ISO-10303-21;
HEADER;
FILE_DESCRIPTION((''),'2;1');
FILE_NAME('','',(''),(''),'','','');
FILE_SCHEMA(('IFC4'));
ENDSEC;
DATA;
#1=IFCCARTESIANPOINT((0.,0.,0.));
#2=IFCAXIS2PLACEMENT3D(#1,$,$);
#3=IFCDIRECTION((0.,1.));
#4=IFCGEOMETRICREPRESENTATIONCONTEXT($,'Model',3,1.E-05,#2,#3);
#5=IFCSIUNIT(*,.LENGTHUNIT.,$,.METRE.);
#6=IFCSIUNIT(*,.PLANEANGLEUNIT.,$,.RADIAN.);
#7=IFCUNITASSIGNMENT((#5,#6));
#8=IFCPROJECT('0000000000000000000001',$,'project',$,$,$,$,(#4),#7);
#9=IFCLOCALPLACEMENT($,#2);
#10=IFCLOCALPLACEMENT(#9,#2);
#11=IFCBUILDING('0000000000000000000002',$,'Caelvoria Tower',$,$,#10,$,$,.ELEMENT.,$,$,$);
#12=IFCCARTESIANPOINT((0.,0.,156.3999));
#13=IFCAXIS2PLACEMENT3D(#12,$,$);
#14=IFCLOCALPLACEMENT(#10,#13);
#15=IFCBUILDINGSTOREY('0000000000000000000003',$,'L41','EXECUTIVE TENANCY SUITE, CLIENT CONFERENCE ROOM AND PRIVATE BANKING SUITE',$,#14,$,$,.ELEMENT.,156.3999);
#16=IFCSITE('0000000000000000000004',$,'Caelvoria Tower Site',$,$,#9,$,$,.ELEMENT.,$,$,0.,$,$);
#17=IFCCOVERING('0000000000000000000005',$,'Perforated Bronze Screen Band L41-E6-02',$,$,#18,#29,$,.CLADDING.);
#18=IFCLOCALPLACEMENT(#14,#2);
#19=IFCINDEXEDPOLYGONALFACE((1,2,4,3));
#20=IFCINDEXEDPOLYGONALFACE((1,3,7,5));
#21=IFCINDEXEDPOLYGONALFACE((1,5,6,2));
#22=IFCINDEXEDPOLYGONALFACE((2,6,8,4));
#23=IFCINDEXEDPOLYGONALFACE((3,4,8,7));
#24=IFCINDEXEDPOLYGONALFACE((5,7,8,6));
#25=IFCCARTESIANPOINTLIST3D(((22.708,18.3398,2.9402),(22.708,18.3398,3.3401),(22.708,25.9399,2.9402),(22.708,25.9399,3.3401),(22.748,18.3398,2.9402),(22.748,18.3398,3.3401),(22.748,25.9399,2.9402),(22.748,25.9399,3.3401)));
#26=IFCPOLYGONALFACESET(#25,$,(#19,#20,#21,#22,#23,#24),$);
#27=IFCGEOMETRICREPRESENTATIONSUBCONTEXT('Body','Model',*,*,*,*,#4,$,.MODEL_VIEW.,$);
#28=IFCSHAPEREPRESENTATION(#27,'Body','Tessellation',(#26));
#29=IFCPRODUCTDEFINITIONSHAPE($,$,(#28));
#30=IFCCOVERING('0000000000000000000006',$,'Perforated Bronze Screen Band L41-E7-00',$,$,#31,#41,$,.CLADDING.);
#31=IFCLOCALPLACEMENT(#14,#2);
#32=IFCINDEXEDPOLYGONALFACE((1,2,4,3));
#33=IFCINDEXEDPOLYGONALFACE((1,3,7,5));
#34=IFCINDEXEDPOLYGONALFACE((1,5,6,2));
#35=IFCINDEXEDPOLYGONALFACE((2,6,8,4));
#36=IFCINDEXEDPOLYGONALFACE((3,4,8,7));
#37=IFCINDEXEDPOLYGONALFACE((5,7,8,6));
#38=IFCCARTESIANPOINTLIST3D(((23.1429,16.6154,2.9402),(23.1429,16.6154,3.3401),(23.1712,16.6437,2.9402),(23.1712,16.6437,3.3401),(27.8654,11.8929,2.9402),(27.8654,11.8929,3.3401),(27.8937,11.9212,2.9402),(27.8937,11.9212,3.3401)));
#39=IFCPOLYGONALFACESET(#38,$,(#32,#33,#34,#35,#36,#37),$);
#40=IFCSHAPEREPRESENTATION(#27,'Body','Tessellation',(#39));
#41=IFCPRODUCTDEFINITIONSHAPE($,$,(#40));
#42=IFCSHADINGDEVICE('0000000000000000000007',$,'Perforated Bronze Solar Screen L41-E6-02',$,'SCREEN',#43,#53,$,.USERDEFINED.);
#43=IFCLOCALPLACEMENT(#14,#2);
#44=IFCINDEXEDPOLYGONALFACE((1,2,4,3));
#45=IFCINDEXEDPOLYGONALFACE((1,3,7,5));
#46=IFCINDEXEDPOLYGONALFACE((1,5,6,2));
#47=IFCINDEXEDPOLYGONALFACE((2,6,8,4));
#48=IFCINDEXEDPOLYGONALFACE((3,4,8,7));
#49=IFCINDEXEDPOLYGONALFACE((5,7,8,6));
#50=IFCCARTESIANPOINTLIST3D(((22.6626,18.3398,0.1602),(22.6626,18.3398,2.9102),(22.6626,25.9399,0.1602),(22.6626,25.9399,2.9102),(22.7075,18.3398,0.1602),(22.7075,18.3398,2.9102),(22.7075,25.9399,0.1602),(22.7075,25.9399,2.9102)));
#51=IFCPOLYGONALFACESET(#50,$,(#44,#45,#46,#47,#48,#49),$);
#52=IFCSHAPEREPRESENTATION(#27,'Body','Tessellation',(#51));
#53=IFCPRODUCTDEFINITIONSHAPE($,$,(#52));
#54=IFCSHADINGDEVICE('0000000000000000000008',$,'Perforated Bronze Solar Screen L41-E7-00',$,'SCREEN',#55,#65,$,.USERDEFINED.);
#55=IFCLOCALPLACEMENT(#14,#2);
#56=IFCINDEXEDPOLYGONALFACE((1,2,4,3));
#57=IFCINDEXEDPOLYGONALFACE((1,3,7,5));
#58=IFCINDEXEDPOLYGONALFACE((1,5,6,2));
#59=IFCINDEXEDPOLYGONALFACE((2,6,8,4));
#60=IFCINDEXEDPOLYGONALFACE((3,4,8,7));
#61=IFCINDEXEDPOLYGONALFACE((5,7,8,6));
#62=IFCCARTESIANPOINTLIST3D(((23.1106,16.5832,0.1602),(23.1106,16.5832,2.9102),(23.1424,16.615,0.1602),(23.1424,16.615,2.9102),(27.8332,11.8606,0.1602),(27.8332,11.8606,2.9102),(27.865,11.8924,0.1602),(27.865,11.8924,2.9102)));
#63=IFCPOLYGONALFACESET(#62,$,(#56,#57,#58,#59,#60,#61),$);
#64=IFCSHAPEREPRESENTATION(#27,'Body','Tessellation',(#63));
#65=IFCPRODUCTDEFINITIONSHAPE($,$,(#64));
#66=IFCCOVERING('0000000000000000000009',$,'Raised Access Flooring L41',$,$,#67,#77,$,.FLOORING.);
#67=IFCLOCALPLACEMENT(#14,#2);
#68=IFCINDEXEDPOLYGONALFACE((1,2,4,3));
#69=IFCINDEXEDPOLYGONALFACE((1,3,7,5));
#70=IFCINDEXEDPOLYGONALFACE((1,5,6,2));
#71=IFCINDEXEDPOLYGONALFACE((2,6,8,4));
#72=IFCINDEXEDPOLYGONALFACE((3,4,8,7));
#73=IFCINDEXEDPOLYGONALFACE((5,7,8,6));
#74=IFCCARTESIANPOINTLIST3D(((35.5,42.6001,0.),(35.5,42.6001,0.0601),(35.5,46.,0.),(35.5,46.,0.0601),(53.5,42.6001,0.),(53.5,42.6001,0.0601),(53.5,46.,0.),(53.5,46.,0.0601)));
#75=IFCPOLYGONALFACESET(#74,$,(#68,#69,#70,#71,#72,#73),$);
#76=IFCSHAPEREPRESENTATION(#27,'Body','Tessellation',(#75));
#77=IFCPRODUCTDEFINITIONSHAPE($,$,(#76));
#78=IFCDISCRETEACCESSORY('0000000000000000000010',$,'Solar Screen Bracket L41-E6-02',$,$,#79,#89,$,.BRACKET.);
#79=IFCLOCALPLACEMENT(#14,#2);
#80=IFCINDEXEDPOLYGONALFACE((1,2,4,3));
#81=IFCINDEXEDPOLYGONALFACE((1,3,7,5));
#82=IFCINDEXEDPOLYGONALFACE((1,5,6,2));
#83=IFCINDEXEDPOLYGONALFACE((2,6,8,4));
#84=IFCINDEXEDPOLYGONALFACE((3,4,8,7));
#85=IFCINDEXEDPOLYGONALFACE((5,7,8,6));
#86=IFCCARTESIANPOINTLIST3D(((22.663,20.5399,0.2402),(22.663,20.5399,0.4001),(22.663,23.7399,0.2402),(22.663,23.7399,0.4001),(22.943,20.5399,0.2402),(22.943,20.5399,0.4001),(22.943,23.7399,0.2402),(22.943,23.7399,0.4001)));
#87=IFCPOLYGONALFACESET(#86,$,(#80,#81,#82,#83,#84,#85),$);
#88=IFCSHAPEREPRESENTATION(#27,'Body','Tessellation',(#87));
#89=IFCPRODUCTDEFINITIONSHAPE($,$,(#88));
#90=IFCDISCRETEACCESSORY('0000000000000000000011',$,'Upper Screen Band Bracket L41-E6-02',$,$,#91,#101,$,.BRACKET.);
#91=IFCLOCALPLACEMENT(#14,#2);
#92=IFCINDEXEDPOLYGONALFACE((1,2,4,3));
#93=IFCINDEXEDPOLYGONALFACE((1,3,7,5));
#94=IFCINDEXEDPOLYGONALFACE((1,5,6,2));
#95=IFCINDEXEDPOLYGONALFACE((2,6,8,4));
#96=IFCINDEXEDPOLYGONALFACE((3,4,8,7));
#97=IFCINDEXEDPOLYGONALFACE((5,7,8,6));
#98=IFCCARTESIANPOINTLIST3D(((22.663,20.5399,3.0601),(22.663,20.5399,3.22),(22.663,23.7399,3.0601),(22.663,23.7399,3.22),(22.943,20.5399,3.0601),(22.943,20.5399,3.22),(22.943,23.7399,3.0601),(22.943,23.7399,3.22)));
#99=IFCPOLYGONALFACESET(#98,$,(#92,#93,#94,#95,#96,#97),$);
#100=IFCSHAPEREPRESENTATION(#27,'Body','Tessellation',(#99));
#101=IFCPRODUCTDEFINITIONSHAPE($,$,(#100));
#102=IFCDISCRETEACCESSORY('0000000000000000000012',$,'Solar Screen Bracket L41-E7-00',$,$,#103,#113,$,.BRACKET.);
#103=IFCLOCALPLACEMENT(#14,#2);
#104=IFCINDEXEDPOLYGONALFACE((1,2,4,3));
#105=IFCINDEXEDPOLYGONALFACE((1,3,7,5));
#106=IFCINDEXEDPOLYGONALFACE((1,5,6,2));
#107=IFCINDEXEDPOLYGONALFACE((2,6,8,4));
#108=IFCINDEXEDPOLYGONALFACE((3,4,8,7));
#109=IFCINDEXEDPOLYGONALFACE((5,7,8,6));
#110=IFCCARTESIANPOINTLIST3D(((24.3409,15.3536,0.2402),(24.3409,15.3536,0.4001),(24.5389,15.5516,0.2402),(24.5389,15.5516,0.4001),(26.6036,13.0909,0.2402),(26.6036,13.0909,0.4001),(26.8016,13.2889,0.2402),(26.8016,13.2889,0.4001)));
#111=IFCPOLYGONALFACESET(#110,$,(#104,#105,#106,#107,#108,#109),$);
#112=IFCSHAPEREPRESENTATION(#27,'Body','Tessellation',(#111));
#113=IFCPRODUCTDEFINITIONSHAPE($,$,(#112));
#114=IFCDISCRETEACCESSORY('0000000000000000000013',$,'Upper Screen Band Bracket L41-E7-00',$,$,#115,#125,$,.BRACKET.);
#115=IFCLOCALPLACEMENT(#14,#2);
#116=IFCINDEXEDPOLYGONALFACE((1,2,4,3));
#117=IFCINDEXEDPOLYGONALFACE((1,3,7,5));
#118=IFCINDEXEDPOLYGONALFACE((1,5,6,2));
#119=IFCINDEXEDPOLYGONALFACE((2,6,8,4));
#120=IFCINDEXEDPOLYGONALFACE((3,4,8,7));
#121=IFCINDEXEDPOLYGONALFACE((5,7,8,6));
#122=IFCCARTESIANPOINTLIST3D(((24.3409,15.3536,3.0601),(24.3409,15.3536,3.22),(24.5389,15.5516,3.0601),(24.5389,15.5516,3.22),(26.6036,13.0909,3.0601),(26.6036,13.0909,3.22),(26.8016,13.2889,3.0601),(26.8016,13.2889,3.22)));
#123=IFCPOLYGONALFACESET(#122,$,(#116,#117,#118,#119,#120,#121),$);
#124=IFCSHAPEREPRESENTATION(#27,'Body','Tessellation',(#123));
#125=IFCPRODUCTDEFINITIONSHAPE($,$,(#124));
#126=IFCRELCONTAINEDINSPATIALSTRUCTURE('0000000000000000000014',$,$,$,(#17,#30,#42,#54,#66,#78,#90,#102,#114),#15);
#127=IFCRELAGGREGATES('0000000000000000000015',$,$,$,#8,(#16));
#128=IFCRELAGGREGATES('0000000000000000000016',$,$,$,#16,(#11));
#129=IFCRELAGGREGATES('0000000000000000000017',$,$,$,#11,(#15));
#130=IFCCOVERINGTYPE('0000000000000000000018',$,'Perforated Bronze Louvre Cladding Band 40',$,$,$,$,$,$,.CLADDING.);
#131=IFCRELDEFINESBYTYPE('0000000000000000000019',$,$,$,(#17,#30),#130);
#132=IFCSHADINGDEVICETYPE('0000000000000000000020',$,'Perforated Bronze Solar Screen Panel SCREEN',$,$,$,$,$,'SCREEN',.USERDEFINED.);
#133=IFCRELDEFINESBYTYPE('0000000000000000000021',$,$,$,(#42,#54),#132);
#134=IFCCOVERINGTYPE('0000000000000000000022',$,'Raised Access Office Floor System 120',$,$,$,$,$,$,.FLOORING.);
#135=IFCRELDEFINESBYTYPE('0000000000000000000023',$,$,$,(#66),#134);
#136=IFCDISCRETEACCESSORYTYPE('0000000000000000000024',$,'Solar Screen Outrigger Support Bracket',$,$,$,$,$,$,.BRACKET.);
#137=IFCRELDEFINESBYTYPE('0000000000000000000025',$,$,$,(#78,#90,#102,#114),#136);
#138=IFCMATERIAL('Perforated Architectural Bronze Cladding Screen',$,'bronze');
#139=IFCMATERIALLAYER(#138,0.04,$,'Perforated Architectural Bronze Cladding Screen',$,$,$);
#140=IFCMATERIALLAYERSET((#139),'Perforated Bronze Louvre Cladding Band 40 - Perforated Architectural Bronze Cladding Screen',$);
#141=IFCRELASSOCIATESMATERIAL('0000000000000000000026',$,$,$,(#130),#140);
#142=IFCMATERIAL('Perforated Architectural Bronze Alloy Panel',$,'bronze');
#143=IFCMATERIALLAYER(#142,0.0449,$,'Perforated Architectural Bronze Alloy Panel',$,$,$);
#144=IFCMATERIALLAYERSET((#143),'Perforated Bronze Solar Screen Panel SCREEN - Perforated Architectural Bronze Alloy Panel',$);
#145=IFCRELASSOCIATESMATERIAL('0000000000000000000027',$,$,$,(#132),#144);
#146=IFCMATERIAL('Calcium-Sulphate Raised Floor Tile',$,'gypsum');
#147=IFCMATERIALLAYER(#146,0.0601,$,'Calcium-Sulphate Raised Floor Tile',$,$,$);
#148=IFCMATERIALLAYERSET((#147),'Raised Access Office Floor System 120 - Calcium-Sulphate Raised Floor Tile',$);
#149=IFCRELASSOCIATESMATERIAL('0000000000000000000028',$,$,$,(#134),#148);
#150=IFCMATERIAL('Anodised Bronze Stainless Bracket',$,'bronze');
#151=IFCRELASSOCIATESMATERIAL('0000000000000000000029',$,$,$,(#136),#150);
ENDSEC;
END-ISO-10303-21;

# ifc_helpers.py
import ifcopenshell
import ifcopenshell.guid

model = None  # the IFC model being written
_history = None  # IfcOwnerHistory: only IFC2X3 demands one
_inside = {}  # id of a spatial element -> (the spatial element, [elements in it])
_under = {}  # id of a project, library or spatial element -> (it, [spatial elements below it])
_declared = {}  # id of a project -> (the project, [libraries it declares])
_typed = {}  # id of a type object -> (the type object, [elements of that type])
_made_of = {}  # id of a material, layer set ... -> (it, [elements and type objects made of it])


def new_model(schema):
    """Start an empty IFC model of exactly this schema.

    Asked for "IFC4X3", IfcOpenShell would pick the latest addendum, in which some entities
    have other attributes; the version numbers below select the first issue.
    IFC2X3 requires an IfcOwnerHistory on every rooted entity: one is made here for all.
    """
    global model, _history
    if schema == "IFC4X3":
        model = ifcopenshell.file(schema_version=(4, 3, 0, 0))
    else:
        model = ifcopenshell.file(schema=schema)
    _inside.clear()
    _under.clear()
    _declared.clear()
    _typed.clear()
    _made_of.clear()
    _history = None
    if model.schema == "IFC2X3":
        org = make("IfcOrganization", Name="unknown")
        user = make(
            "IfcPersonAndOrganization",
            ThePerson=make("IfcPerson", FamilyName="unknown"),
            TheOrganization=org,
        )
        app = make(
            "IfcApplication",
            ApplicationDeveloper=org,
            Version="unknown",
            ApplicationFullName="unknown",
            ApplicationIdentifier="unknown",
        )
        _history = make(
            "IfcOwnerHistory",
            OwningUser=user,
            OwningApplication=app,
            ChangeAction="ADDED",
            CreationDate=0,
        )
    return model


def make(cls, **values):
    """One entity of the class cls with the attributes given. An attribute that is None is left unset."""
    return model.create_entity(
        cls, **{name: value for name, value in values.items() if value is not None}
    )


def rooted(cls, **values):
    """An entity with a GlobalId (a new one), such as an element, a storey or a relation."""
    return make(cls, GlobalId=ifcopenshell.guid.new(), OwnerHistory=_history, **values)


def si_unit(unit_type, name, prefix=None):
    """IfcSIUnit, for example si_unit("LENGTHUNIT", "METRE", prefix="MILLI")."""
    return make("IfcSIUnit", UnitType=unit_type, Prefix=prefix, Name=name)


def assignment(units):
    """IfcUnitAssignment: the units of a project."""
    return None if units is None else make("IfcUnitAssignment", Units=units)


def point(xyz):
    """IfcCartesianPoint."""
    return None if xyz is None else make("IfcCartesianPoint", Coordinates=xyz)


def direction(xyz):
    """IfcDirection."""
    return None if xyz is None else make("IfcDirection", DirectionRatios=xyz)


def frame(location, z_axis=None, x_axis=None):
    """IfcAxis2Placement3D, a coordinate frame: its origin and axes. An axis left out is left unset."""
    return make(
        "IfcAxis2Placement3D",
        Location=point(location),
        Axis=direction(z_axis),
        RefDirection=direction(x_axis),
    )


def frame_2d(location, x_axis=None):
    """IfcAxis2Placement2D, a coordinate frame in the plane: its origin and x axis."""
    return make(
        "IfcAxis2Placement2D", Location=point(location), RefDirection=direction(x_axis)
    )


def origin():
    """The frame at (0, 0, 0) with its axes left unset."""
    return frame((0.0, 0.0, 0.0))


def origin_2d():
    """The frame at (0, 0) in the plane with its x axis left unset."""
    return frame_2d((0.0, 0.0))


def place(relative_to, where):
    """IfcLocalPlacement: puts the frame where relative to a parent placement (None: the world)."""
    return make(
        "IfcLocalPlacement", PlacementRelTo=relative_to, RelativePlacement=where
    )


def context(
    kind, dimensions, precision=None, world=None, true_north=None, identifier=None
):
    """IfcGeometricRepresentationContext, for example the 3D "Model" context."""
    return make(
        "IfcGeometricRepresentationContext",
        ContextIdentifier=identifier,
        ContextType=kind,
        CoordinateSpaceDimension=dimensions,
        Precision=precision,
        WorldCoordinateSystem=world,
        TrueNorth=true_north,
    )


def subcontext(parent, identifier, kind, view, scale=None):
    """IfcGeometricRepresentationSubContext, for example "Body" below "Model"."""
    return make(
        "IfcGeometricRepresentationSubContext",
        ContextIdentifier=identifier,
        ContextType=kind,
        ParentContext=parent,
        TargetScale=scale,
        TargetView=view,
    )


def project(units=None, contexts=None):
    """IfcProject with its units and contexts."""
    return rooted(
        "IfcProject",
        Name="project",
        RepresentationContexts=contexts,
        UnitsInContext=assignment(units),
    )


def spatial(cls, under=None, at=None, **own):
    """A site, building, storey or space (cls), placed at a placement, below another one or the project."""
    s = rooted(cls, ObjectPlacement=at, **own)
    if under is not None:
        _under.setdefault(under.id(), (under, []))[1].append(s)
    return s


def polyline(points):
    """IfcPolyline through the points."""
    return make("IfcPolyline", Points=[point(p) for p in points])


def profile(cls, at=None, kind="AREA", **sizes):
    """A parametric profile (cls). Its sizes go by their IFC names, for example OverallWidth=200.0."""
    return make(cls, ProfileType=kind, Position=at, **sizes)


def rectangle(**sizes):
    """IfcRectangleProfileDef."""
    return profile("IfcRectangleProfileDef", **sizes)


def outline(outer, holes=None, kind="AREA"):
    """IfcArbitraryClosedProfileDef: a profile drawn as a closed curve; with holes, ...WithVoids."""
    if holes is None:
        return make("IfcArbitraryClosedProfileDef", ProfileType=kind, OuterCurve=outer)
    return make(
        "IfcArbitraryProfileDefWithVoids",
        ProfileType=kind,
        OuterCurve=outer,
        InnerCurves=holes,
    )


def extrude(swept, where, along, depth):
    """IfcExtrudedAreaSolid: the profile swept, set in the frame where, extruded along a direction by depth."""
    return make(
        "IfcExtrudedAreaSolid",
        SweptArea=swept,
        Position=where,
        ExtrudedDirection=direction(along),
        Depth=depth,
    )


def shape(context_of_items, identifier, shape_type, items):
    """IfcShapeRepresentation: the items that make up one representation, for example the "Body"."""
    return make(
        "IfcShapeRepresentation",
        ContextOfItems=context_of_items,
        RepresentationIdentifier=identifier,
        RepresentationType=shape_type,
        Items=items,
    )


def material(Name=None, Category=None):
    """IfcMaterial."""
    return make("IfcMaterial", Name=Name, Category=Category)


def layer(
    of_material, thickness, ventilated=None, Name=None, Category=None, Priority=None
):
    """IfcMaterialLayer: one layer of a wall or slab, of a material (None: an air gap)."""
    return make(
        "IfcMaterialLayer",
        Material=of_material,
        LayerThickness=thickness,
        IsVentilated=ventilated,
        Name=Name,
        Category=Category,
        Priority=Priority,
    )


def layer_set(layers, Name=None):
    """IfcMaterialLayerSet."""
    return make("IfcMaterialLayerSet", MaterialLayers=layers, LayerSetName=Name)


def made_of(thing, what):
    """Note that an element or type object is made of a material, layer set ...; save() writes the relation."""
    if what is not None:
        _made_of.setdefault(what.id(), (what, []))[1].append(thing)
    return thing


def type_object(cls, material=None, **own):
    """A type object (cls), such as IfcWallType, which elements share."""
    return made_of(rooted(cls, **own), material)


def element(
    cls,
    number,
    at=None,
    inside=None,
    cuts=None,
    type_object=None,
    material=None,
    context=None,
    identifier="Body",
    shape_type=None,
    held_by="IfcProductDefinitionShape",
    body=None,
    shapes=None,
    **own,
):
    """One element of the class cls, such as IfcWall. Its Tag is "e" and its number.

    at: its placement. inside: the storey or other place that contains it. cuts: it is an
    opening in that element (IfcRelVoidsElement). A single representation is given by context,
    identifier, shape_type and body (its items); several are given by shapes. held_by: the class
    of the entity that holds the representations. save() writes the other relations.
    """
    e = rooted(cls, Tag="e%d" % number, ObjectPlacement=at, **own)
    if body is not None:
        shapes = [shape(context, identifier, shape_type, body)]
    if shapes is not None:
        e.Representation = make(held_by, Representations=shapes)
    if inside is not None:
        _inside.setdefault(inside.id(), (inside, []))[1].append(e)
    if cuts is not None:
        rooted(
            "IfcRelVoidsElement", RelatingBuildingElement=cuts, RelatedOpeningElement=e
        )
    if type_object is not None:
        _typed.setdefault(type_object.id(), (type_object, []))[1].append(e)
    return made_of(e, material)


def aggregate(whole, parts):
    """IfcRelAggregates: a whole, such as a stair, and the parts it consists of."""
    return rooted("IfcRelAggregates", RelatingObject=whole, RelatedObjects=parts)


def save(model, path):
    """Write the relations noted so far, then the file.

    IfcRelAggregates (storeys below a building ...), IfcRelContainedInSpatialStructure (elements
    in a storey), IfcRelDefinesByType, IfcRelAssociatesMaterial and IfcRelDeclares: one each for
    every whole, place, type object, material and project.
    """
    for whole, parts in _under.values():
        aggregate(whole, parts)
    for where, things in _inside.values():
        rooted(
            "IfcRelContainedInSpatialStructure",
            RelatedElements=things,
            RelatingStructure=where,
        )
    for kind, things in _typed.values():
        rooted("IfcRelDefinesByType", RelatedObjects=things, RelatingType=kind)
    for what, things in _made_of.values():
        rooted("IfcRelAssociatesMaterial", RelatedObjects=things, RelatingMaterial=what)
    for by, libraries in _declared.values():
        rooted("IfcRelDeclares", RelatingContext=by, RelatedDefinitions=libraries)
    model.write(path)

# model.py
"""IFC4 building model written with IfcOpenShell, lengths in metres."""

from ifc_helpers import new_model, si_unit, direction, frame, origin, origin_2d, place, context, subcontext, project, spatial, polyline, rectangle, outline, extrude, material, layer, layer_set, type_object, element, save


model = new_model("IFC4")

# Units and contexts
model_context = context("Model", 3, precision=1e-05, world=origin(), true_north=direction((0.0, 1.0)))
body_context = subcontext(model_context, "Body", "Model", "MODEL_VIEW")
ifc_project = project(units=[si_unit("LENGTHUNIT", "METRE"), si_unit("PLANEANGLEUNIT", "RADIAN")], contexts=[model_context])

# Site, building, storey
site_placement = place(None, origin())
site = spatial("IfcSite", under=ifc_project, at=site_placement, Name="Caelvoria Tower Site", CompositionType="ELEMENT", RefElevation=0.0)
building_placement = place(site_placement, origin())
building = spatial("IfcBuilding", under=site, at=building_placement, Name="Caelvoria Tower", CompositionType="ELEMENT")
storey_placement = place(building_placement, frame((0.0, 0.0, 156.3999)))
storey = spatial("IfcBuildingStorey", under=building, at=storey_placement, Name="L41", Description="EXECUTIVE TENANCY SUITE, CLIENT CONFERENCE ROOM AND PRIVATE BANKING SUITE", CompositionType="ELEMENT", Elevation=156.3999)

# Coverings
ifc_material_1 = material(Name="Perforated Architectural Bronze Cladding Screen", Category="bronze")
ifc_layer_1 = layer(ifc_material_1, 0.04, Name="Perforated Architectural Bronze Cladding Screen")
ifc_layer_set_1 = layer_set([ifc_layer_1], Name="Perforated Bronze Louvre Cladding Band 40 - Perforated Architectural Bronze Cladding Screen")
covering_type_1 = type_object("IfcCoveringType", Name="Perforated Bronze Louvre Cladding Band 40", PredefinedType="CLADDING", material=ifc_layer_set_1)
covering_1_placement = place(storey_placement, frame((22.728, 22.1399, 2.9402), z_axis=(0.0, 0.0, 1.0), x_axis=(0.0, -1.0, 0.0)))
element("IfcCovering", 1, at=covering_1_placement, inside=storey, type_object=covering_type_1, Name="Perforated Bronze Screen Band L41-E6-02", PredefinedType="CLADDING", context=body_context, shape_type="SweptSolid", body=[
    extrude(rectangle(XDim=7.6001, YDim=0.04, at=origin_2d()), origin(), (0.0, 0.0, 1.0), 0.3999),
])
covering_2_placement = place(storey_placement, frame((25.5183, 14.2683, 2.9402), z_axis=(0.0, 0.0, 1.0), x_axis=(0.707107, -0.707107, 0.0)))
element("IfcCovering", 2, at=covering_2_placement, inside=storey, type_object=covering_type_1, Name="Perforated Bronze Screen Band L41-E7-00", PredefinedType="CLADDING", context=body_context, shape_type="SweptSolid", body=[
    extrude(rectangle(XDim=6.6787, YDim=0.04, at=origin_2d()), origin(), (0.0, 0.0, 1.0), 0.3999),
])

# Shading devices
ifc_material_2 = material(Name="Perforated Architectural Bronze Alloy Panel", Category="bronze")
ifc_layer_2 = layer(ifc_material_2, 0.0449, Name="Perforated Architectural Bronze Alloy Panel")
ifc_layer_set_2 = layer_set([ifc_layer_2], Name="Perforated Bronze Solar Screen Panel SCREEN - Perforated Architectural Bronze Alloy Panel")
shading_device_type = type_object("IfcShadingDeviceType", Name="Perforated Bronze Solar Screen Panel SCREEN", ElementType="SCREEN", PredefinedType="USERDEFINED", material=ifc_layer_set_2)
shading_device_1_placement = place(storey_placement, frame((22.6851, 22.1399, 0.1602), z_axis=(0.0, 0.0, 1.0), x_axis=(0.0, -1.0, 0.0)))
element("IfcShadingDevice", 3, at=shading_device_1_placement, inside=storey, type_object=shading_device_type, Name="Perforated Bronze Solar Screen L41-E6-02", ObjectType="SCREEN", PredefinedType="USERDEFINED", context=body_context, shape_type="SweptSolid", body=[
    extrude(rectangle(XDim=7.6001, YDim=0.0449, at=origin_2d()), origin(), (0.0, 0.0, 1.0), 2.75),
])
shading_device_2_placement = place(storey_placement, frame((25.4878, 14.2378, 0.1602), z_axis=(0.0, 0.0, 1.0), x_axis=(0.707107, -0.707107, 0.0)))
element("IfcShadingDevice", 4, at=shading_device_2_placement, inside=storey, type_object=shading_device_type, Name="Perforated Bronze Solar Screen L41-E7-00", ObjectType="SCREEN", PredefinedType="USERDEFINED", context=body_context, shape_type="SweptSolid", body=[
    extrude(rectangle(XDim=6.6787, YDim=0.0449, at=origin_2d()), origin(), (0.0, 0.0, 1.0), 2.75),
])

# Covering
ifc_material_3 = material(Name="Calcium-Sulphate Raised Floor Tile", Category="gypsum")
ifc_layer_3 = layer(ifc_material_3, 0.0601, Name="Calcium-Sulphate Raised Floor Tile")
ifc_layer_set_3 = layer_set([ifc_layer_3], Name="Raised Access Office Floor System 120 - Calcium-Sulphate Raised Floor Tile")
covering_type_2 = type_object("IfcCoveringType", Name="Raised Access Office Floor System 120", PredefinedType="FLOORING", material=ifc_layer_set_3)
covering_3_placement = place(storey_placement, origin())
element("IfcCovering", 5, at=covering_3_placement, inside=storey, type_object=covering_type_2, Name="Raised Access Flooring L41", PredefinedType="FLOORING", context=body_context, shape_type="SweptSolid", body=[
    extrude(outline(polyline([(35.5, 42.6001), (53.5, 42.6001), (53.5, 46.0), (35.5, 46.0), (35.5, 42.6001)])), origin(), (0.0, 0.0, 1.0), 0.0601),
])

# Discrete accessories
ifc_material_4 = material(Name="Anodised Bronze Stainless Bracket", Category="bronze")
discrete_accessory_type = type_object("IfcDiscreteAccessoryType", Name="Solar Screen Outrigger Support Bracket", PredefinedType="BRACKET", material=ifc_material_4)
for number, where, z_axis, x_axis, name in (
    (6, (22.803, 22.1399, 0.2402), (0.0, 0.0, 1.0), (0.0, -1.0, 0.0), "Solar Screen Bracket L41-E6-02"),
    (7, (22.803, 22.1399, 3.0601), (0.0, 0.0, 1.0), (0.0, -1.0, 0.0), "Upper Screen Band Bracket L41-E6-02"),
    (8, (25.5713, 14.3213, 0.2402), (0.0, 0.0, 1.0), (0.707107, -0.707107, 0.0), "Solar Screen Bracket L41-E7-00"),
    (9, (25.5713, 14.3213, 3.0601), (0.0, 0.0, 1.0), (0.707107, -0.707107, 0.0), "Upper Screen Band Bracket L41-E7-00"),
):
    element("IfcDiscreteAccessory", number, at=place(storey_placement, frame(where, z_axis=z_axis, x_axis=x_axis)), inside=storey, type_object=discrete_accessory_type, Name=name, PredefinedType="BRACKET", context=body_context, shape_type="SweptSolid", body=[
        extrude(rectangle(XDim=3.2, YDim=0.28, at=origin_2d()), origin(), (0.0, 0.0, 1.0), 0.1599),
    ])

save(model, "model.ifc")
